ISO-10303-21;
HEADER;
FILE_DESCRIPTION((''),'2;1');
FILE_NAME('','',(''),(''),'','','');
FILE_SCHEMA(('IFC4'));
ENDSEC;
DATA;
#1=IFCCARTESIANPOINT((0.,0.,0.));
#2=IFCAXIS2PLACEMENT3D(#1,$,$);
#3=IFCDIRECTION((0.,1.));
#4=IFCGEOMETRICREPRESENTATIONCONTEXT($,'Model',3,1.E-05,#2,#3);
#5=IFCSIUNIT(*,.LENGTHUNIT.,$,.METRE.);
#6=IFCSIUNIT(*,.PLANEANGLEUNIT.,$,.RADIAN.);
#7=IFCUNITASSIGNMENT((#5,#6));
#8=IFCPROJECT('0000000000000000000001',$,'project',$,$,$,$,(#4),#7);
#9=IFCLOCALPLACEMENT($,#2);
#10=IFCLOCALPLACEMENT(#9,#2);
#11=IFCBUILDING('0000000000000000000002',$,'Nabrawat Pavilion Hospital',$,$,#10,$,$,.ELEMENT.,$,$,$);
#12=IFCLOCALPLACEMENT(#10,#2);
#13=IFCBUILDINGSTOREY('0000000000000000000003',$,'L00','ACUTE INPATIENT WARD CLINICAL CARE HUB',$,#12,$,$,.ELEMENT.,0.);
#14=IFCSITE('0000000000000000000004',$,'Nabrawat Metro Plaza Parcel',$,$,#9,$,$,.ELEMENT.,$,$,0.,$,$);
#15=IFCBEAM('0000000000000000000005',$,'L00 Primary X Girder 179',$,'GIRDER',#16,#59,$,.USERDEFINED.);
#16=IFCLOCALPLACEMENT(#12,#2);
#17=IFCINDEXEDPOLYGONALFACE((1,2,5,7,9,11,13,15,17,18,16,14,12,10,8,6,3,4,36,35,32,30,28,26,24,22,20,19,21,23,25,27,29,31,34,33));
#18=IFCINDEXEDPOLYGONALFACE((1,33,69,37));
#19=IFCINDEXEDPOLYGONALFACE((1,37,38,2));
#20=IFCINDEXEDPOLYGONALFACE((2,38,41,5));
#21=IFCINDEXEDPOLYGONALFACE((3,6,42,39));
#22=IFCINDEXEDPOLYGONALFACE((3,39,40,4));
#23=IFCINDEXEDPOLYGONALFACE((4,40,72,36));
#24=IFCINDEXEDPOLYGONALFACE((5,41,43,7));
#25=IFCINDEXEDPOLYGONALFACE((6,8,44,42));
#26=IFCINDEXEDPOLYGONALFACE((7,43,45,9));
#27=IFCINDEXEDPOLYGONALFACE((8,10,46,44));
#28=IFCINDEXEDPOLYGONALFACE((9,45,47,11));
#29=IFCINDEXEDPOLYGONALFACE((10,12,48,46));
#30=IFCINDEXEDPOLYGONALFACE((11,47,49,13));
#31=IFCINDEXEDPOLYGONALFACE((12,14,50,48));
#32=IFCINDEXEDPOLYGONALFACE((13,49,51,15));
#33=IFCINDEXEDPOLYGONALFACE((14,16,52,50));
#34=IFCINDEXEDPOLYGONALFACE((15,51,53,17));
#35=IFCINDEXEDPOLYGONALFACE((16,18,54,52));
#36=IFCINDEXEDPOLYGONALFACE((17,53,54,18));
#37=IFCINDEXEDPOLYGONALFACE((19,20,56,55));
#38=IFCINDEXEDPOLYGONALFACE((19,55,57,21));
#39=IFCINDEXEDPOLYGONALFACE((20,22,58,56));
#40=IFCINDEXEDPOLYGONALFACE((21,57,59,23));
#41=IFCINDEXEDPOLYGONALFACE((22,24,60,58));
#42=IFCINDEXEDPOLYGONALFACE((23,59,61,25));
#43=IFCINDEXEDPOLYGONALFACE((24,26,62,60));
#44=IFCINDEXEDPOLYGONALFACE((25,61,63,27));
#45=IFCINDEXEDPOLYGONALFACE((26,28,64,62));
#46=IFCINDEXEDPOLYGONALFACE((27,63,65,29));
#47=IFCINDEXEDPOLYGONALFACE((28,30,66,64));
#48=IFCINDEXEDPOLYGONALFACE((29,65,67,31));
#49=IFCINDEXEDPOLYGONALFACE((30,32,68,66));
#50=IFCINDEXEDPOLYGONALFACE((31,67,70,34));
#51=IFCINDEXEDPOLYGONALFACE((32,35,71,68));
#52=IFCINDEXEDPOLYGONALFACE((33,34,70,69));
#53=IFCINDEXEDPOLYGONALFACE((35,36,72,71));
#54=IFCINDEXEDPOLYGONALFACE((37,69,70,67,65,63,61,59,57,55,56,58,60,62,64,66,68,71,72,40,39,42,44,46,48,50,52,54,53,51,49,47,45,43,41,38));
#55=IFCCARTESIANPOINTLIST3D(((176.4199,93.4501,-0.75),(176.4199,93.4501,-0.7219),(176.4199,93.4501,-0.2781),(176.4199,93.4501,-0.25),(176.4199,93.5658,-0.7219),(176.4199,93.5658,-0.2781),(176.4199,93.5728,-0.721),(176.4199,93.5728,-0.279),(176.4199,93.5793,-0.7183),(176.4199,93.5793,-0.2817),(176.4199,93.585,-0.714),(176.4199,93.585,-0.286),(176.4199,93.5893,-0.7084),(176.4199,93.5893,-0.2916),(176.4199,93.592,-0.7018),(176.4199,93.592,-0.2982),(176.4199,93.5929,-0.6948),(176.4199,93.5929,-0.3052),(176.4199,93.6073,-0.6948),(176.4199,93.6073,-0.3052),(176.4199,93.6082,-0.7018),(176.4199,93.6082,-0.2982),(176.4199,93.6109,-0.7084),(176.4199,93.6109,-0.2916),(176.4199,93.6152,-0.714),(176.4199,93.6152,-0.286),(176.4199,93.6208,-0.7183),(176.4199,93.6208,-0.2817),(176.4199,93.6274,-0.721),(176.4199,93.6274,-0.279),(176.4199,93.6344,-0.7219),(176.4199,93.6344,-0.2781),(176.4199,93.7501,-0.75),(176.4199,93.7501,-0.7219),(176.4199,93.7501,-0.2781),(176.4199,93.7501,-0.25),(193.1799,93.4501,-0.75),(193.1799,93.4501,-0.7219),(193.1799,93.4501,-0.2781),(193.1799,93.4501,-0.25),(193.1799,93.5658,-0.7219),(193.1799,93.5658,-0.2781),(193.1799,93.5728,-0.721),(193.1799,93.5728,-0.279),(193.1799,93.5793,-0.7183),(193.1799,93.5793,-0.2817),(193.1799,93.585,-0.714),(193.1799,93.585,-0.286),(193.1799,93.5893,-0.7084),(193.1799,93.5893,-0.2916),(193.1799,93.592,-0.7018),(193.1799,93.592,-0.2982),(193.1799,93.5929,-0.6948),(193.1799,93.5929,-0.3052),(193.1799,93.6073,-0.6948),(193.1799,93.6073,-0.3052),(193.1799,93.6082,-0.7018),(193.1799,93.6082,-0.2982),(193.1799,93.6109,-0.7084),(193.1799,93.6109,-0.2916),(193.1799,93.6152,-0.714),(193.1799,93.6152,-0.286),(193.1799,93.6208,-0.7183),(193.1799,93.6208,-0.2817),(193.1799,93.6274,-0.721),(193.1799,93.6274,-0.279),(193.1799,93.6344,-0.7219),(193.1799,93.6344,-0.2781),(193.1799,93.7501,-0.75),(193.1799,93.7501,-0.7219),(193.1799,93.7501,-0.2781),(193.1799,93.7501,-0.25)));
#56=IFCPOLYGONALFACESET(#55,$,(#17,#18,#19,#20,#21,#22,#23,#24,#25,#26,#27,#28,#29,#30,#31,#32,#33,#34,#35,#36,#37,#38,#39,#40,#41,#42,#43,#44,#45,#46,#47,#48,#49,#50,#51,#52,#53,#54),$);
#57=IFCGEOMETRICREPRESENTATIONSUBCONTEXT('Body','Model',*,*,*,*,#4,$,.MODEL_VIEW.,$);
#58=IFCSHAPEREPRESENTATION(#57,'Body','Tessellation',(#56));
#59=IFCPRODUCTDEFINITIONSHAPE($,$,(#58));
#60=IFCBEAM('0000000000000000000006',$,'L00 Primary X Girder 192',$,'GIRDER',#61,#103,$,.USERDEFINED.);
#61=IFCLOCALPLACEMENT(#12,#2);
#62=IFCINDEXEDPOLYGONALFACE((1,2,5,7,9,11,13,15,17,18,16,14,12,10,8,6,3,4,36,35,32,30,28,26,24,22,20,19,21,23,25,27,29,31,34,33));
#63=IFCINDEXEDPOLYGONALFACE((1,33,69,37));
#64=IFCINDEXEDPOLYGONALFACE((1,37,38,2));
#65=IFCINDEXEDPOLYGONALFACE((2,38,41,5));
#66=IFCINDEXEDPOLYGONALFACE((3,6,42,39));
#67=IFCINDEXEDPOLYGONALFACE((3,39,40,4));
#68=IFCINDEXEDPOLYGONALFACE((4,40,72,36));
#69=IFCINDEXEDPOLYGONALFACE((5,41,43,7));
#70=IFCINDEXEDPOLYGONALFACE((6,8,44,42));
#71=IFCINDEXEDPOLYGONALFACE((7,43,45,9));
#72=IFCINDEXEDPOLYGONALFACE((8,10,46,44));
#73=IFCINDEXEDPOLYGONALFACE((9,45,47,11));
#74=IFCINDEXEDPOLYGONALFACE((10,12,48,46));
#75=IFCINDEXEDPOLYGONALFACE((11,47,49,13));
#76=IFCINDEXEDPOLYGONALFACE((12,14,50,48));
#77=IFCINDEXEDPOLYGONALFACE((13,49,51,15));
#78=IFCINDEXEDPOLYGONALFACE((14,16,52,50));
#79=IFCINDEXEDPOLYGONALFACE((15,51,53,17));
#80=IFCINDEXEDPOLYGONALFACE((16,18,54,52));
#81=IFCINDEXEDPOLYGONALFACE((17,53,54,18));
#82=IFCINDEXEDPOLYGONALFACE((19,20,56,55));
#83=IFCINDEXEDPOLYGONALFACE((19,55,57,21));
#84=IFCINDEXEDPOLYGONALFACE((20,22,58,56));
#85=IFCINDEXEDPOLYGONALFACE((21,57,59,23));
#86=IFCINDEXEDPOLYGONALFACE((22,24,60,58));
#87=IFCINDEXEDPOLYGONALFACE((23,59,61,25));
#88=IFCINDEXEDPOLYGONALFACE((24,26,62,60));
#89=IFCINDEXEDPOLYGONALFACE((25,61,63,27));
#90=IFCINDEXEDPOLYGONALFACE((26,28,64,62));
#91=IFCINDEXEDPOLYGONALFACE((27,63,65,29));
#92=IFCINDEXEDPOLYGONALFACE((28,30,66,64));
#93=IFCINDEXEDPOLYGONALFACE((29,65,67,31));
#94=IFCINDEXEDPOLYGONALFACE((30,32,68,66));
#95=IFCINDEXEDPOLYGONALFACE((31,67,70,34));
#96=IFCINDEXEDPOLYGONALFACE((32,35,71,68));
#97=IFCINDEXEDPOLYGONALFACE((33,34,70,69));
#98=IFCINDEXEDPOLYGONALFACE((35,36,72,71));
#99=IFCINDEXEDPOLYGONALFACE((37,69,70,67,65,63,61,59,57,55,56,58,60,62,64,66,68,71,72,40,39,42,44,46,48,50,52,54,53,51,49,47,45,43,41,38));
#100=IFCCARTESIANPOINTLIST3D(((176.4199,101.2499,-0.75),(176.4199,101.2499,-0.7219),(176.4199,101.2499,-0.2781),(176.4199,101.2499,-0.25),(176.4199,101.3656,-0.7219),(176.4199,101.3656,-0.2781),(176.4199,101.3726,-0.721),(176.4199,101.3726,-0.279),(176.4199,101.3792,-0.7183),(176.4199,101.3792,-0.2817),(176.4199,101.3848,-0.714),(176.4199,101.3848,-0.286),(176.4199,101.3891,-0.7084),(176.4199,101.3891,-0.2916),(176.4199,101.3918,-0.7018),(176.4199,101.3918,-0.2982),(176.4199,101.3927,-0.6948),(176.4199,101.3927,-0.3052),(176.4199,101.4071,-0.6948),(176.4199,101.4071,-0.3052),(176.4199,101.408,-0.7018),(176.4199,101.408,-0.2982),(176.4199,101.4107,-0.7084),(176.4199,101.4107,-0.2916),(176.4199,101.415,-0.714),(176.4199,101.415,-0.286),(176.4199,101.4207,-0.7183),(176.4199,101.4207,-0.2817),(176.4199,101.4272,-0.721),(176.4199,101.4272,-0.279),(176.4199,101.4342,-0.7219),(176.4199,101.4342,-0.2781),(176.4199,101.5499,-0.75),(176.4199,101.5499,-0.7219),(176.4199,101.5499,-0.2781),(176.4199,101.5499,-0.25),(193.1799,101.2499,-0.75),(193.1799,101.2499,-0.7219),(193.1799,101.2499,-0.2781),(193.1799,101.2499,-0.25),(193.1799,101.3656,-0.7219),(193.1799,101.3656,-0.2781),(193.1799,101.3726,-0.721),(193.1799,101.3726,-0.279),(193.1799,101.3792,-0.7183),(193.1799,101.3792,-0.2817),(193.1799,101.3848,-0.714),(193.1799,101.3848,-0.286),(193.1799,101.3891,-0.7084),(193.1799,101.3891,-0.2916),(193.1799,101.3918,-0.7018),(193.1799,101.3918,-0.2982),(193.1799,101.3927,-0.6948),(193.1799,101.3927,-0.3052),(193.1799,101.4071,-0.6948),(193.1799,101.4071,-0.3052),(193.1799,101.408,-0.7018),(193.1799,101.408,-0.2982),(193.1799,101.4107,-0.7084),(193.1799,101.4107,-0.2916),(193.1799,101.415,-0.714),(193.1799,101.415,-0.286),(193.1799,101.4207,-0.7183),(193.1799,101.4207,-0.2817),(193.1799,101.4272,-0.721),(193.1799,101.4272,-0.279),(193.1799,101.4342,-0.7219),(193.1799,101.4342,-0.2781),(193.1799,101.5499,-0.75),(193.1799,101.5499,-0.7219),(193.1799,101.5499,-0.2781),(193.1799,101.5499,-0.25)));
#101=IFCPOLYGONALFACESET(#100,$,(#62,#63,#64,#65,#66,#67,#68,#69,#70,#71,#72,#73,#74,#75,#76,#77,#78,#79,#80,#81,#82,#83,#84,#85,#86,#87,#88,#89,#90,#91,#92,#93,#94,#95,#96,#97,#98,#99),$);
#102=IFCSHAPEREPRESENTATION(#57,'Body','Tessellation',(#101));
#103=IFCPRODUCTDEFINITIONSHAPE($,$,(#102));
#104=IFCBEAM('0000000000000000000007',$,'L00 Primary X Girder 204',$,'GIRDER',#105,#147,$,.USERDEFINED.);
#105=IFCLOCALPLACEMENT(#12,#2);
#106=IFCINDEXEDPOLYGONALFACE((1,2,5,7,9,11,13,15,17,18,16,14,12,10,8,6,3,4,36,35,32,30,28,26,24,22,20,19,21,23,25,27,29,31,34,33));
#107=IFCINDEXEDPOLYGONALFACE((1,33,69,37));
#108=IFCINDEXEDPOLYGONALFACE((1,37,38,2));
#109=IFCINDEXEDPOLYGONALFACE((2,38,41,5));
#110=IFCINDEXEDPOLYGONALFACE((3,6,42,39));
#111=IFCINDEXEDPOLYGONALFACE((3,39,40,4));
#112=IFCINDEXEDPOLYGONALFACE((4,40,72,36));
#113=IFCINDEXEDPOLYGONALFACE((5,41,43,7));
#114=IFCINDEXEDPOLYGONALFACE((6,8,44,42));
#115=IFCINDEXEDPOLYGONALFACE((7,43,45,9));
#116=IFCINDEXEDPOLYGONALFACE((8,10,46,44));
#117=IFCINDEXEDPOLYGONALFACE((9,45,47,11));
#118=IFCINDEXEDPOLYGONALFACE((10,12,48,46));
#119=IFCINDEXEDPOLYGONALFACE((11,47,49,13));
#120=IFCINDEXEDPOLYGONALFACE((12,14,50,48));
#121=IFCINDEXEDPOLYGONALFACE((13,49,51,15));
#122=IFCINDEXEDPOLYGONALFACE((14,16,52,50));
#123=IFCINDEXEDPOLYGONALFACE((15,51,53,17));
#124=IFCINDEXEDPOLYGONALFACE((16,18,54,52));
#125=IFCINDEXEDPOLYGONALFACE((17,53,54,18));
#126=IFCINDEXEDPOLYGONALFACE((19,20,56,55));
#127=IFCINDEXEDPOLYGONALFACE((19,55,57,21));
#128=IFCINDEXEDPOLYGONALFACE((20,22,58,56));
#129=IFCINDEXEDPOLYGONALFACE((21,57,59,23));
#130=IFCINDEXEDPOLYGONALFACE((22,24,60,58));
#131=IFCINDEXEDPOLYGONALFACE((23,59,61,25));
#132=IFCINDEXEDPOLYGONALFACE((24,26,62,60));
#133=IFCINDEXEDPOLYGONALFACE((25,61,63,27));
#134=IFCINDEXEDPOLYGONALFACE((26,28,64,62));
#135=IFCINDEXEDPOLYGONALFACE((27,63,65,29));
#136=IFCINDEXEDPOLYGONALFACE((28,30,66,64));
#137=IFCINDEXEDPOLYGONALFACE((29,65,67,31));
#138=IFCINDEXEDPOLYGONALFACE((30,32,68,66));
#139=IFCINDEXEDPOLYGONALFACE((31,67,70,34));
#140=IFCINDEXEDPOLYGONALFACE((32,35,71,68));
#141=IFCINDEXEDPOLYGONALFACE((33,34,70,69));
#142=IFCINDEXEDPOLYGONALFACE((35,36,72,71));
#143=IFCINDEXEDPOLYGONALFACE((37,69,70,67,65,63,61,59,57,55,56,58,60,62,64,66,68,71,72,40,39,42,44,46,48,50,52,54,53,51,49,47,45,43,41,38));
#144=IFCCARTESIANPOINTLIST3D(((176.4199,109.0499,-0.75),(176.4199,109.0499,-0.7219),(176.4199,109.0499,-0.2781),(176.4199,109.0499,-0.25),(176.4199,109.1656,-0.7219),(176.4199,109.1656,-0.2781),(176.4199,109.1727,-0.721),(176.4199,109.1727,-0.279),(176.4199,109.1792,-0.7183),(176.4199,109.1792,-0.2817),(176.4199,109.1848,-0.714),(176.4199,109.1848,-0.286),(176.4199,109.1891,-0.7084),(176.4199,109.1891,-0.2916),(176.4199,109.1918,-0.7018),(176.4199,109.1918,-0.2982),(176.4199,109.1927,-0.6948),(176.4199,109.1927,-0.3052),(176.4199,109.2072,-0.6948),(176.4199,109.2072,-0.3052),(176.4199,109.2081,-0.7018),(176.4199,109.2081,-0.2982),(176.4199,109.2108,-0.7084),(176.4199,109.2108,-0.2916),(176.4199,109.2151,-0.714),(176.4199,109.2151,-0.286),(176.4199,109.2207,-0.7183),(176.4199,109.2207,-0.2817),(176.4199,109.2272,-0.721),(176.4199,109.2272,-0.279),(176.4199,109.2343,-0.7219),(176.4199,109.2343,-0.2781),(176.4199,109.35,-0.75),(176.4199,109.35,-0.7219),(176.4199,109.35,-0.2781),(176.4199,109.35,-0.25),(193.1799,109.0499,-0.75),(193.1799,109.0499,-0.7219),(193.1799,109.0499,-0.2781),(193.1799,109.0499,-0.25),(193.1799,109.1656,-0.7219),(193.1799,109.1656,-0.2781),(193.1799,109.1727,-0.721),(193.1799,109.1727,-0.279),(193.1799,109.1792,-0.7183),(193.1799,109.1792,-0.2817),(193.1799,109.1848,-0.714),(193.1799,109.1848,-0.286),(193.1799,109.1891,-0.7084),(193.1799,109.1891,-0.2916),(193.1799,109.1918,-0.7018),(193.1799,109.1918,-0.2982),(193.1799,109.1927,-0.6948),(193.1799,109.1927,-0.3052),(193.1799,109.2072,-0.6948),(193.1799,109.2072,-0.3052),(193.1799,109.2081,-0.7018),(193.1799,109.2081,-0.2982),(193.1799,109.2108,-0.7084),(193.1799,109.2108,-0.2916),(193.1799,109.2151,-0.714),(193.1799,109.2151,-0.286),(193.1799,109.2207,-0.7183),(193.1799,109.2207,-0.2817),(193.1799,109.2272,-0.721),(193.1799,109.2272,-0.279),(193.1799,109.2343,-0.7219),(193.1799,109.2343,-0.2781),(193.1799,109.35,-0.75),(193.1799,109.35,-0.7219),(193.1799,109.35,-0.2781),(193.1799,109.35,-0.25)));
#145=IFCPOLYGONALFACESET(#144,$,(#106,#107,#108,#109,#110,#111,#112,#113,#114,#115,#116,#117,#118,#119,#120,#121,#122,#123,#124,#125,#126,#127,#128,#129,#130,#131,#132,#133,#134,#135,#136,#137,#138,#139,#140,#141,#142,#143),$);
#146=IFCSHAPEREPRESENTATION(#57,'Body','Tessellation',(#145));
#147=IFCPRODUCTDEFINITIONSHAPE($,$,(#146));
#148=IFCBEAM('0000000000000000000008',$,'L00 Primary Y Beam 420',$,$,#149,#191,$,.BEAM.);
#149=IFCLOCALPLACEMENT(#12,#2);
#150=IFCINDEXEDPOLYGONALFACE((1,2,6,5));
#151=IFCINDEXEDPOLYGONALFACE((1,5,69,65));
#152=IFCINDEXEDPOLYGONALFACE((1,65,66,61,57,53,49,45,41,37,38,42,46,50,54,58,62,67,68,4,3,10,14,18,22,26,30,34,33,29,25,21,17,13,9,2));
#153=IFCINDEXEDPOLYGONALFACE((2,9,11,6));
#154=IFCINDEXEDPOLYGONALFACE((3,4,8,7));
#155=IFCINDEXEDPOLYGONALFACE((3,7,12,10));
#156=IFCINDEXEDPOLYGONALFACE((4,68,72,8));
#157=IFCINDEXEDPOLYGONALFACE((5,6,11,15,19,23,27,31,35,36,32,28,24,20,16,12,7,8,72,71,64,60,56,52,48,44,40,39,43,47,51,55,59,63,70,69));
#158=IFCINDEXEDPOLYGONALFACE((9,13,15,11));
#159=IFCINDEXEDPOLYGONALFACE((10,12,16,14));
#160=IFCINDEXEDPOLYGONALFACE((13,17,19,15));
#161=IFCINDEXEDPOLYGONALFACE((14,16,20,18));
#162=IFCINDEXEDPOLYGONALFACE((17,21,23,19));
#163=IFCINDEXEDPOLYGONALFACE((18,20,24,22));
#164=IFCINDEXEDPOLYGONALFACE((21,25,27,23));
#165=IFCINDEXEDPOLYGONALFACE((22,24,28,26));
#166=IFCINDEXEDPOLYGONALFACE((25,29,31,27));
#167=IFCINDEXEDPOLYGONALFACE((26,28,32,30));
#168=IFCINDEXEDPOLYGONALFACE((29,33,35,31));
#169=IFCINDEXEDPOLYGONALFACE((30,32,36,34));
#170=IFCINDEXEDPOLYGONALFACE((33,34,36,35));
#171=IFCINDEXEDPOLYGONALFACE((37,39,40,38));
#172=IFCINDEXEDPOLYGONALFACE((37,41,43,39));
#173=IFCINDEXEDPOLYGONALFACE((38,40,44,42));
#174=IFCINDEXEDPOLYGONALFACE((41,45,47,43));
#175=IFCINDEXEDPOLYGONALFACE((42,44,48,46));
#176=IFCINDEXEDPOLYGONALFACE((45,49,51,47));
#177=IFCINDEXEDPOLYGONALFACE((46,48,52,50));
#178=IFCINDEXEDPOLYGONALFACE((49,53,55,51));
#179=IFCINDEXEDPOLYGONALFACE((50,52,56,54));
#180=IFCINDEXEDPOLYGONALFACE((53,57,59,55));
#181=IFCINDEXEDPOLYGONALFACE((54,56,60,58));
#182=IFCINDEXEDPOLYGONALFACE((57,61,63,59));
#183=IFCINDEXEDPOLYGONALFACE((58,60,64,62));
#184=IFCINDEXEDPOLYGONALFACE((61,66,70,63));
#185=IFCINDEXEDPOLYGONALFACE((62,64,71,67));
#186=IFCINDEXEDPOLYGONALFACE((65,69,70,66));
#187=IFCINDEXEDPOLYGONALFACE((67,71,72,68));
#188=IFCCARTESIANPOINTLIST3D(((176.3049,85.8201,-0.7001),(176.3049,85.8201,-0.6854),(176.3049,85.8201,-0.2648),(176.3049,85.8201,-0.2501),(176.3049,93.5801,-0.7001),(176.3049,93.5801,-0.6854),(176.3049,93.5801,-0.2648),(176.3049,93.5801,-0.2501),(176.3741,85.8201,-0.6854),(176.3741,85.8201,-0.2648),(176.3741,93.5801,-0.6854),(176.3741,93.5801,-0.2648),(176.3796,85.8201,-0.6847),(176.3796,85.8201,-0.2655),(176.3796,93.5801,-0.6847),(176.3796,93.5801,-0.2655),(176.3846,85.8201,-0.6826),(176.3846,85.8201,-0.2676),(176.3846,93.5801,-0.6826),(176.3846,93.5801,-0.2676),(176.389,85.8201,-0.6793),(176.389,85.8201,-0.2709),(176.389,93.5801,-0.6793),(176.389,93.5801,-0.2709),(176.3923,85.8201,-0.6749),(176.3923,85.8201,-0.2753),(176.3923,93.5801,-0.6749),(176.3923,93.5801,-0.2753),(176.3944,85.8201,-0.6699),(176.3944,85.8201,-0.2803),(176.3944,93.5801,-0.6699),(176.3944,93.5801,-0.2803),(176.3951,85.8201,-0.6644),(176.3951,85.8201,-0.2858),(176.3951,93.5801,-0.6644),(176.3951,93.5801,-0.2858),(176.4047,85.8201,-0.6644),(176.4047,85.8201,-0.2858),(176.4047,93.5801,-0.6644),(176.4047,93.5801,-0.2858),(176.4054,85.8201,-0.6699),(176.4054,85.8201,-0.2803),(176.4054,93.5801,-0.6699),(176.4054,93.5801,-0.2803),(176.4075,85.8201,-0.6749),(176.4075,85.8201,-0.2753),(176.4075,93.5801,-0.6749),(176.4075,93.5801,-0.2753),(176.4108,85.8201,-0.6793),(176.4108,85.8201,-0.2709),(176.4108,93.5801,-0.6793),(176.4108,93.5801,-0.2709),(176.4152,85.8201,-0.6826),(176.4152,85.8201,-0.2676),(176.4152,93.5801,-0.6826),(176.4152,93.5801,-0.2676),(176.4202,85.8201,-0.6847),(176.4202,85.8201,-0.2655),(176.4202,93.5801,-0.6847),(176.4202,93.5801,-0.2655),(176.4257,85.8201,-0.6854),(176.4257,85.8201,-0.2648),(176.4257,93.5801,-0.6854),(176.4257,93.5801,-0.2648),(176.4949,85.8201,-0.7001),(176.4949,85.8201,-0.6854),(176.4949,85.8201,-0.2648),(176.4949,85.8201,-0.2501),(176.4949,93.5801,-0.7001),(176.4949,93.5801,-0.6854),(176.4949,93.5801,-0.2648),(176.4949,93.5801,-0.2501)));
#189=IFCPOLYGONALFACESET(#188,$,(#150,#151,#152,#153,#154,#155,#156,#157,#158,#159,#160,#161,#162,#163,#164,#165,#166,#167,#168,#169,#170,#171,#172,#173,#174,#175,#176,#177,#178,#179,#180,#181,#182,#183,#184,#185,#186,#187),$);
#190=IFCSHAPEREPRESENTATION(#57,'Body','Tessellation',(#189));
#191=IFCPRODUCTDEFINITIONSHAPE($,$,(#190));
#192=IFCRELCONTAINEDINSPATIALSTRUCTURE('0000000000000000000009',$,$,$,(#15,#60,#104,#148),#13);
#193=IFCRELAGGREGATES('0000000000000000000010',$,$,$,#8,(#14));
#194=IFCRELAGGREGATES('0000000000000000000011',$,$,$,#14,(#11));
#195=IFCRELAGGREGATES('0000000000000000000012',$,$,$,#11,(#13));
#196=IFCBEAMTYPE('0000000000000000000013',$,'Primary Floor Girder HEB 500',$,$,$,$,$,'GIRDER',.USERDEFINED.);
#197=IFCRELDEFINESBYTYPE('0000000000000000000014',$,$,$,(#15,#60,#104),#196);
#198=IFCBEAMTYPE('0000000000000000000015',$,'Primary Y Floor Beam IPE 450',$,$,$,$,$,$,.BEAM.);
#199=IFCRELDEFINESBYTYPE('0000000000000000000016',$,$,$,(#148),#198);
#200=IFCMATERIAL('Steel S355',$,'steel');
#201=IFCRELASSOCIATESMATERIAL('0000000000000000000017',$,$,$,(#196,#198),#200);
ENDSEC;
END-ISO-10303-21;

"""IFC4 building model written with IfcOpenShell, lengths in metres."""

from ifc_helpers import new_model, si_unit, direction, frame, origin, origin_2d, place, context, subcontext, project, spatial, i_section, extrude, material, material_profile, profile_set, type_object, element, save


model = new_model("IFC4")

# Units and contexts
model_context = context("Model", 3, precision=1e-05, world=origin(), true_north=direction((0.0, 1.0)))
body_context = subcontext(model_context, "Body", "Model", "MODEL_VIEW")
ifc_project = project(units=[si_unit("LENGTHUNIT", "METRE"), si_unit("PLANEANGLEUNIT", "RADIAN")], contexts=[model_context])

# Site, building, storey
site_placement = place(None, origin())
site = spatial("IfcSite", under=ifc_project, at=site_placement, Name="Nabrawat Metro Plaza Parcel", CompositionType="ELEMENT", RefElevation=0.0)
building_placement = place(site_placement, origin())
building = spatial("IfcBuilding", under=site, at=building_placement, Name="Nabrawat Pavilion Hospital", CompositionType="ELEMENT")
storey_placement = place(building_placement, origin())
storey = spatial("IfcBuildingStorey", under=building, at=storey_placement, Name="L00", Description="ACUTE INPATIENT WARD CLINICAL CARE HUB", CompositionType="ELEMENT", Elevation=0.0)

# Shared definitions
ifc_material_1 = material(Name="Steel S355", Category="steel")

# Beams
ifc_material_profile_1 = material_profile(ifc_material_1, i_section(OverallWidth=0.3, OverallDepth=0.5, WebThickness=0.0144, FlangeThickness=0.0281, FilletRadius=0.0271, at=origin_2d()), Name="HEB 500")
ifc_profile_set_1 = profile_set([ifc_material_profile_1], Name="Steel S355")
beam_type_1 = type_object("IfcBeamType", Name="Primary Floor Girder HEB 500", ElementType="GIRDER", PredefinedType="USERDEFINED", material=ifc_profile_set_1)
for number, where, z_axis, x_axis, name in (
    (1, (176.4199, 93.6001, -0.5), (1.0, 0.0, 0.0), (0.0, 1.0, 0.0), "L00 Primary X Girder 179"),
    (2, (176.4199, 101.3999, -0.5), (1.0, 0.0, 0.0), (0.0, 1.0, 0.0), "L00 Primary X Girder 192"),
    (3, (176.4199, 109.2, -0.5), (1.0, 0.0, 0.0), (0.0, 1.0, 0.0), "L00 Primary X Girder 204"),
):
    element("IfcBeam", number, at=place(storey_placement, frame(where, z_axis=z_axis, x_axis=x_axis)), inside=storey, type_object=beam_type_1, Name=name, ObjectType="GIRDER", PredefinedType="USERDEFINED", context=body_context, shape_type="SweptSolid", body=[
        extrude(i_section(OverallWidth=0.3, OverallDepth=0.5, WebThickness=0.0144, FlangeThickness=0.0281, FilletRadius=0.0271, at=origin_2d()), origin(), (0.0, 0.0, 1.0), 16.76),
    ])
ifc_material_profile_2 = material_profile(ifc_material_1, i_section(OverallWidth=0.1899, OverallDepth=0.45, WebThickness=0.0095, FlangeThickness=0.0146, FilletRadius=0.021, at=origin_2d()), Name="IPE 450")
ifc_profile_set_2 = profile_set([ifc_material_profile_2], Name="Steel S355")
beam_type_2 = type_object("IfcBeamType", Name="Primary Y Floor Beam IPE 450", PredefinedType="BEAM", material=ifc_profile_set_2)
beam_1_placement = place(storey_placement, frame((176.3999, 85.8201, -0.4751), z_axis=(0.0, 1.0, 0.0), x_axis=(-1.0, 0.0, 0.0)))
element("IfcBeam", 4, at=beam_1_placement, inside=storey, type_object=beam_type_2, Name="L00 Primary Y Beam 420", PredefinedType="BEAM", context=body_context, shape_type="SweptSolid", body=[
    extrude(i_section(OverallWidth=0.1899, OverallDepth=0.45, WebThickness=0.0095, FlangeThickness=0.0146, FilletRadius=0.021, at=origin_2d()), origin(), (0.0, 0.0, 1.0), 7.76),
])

save(model, "model.ifc")
